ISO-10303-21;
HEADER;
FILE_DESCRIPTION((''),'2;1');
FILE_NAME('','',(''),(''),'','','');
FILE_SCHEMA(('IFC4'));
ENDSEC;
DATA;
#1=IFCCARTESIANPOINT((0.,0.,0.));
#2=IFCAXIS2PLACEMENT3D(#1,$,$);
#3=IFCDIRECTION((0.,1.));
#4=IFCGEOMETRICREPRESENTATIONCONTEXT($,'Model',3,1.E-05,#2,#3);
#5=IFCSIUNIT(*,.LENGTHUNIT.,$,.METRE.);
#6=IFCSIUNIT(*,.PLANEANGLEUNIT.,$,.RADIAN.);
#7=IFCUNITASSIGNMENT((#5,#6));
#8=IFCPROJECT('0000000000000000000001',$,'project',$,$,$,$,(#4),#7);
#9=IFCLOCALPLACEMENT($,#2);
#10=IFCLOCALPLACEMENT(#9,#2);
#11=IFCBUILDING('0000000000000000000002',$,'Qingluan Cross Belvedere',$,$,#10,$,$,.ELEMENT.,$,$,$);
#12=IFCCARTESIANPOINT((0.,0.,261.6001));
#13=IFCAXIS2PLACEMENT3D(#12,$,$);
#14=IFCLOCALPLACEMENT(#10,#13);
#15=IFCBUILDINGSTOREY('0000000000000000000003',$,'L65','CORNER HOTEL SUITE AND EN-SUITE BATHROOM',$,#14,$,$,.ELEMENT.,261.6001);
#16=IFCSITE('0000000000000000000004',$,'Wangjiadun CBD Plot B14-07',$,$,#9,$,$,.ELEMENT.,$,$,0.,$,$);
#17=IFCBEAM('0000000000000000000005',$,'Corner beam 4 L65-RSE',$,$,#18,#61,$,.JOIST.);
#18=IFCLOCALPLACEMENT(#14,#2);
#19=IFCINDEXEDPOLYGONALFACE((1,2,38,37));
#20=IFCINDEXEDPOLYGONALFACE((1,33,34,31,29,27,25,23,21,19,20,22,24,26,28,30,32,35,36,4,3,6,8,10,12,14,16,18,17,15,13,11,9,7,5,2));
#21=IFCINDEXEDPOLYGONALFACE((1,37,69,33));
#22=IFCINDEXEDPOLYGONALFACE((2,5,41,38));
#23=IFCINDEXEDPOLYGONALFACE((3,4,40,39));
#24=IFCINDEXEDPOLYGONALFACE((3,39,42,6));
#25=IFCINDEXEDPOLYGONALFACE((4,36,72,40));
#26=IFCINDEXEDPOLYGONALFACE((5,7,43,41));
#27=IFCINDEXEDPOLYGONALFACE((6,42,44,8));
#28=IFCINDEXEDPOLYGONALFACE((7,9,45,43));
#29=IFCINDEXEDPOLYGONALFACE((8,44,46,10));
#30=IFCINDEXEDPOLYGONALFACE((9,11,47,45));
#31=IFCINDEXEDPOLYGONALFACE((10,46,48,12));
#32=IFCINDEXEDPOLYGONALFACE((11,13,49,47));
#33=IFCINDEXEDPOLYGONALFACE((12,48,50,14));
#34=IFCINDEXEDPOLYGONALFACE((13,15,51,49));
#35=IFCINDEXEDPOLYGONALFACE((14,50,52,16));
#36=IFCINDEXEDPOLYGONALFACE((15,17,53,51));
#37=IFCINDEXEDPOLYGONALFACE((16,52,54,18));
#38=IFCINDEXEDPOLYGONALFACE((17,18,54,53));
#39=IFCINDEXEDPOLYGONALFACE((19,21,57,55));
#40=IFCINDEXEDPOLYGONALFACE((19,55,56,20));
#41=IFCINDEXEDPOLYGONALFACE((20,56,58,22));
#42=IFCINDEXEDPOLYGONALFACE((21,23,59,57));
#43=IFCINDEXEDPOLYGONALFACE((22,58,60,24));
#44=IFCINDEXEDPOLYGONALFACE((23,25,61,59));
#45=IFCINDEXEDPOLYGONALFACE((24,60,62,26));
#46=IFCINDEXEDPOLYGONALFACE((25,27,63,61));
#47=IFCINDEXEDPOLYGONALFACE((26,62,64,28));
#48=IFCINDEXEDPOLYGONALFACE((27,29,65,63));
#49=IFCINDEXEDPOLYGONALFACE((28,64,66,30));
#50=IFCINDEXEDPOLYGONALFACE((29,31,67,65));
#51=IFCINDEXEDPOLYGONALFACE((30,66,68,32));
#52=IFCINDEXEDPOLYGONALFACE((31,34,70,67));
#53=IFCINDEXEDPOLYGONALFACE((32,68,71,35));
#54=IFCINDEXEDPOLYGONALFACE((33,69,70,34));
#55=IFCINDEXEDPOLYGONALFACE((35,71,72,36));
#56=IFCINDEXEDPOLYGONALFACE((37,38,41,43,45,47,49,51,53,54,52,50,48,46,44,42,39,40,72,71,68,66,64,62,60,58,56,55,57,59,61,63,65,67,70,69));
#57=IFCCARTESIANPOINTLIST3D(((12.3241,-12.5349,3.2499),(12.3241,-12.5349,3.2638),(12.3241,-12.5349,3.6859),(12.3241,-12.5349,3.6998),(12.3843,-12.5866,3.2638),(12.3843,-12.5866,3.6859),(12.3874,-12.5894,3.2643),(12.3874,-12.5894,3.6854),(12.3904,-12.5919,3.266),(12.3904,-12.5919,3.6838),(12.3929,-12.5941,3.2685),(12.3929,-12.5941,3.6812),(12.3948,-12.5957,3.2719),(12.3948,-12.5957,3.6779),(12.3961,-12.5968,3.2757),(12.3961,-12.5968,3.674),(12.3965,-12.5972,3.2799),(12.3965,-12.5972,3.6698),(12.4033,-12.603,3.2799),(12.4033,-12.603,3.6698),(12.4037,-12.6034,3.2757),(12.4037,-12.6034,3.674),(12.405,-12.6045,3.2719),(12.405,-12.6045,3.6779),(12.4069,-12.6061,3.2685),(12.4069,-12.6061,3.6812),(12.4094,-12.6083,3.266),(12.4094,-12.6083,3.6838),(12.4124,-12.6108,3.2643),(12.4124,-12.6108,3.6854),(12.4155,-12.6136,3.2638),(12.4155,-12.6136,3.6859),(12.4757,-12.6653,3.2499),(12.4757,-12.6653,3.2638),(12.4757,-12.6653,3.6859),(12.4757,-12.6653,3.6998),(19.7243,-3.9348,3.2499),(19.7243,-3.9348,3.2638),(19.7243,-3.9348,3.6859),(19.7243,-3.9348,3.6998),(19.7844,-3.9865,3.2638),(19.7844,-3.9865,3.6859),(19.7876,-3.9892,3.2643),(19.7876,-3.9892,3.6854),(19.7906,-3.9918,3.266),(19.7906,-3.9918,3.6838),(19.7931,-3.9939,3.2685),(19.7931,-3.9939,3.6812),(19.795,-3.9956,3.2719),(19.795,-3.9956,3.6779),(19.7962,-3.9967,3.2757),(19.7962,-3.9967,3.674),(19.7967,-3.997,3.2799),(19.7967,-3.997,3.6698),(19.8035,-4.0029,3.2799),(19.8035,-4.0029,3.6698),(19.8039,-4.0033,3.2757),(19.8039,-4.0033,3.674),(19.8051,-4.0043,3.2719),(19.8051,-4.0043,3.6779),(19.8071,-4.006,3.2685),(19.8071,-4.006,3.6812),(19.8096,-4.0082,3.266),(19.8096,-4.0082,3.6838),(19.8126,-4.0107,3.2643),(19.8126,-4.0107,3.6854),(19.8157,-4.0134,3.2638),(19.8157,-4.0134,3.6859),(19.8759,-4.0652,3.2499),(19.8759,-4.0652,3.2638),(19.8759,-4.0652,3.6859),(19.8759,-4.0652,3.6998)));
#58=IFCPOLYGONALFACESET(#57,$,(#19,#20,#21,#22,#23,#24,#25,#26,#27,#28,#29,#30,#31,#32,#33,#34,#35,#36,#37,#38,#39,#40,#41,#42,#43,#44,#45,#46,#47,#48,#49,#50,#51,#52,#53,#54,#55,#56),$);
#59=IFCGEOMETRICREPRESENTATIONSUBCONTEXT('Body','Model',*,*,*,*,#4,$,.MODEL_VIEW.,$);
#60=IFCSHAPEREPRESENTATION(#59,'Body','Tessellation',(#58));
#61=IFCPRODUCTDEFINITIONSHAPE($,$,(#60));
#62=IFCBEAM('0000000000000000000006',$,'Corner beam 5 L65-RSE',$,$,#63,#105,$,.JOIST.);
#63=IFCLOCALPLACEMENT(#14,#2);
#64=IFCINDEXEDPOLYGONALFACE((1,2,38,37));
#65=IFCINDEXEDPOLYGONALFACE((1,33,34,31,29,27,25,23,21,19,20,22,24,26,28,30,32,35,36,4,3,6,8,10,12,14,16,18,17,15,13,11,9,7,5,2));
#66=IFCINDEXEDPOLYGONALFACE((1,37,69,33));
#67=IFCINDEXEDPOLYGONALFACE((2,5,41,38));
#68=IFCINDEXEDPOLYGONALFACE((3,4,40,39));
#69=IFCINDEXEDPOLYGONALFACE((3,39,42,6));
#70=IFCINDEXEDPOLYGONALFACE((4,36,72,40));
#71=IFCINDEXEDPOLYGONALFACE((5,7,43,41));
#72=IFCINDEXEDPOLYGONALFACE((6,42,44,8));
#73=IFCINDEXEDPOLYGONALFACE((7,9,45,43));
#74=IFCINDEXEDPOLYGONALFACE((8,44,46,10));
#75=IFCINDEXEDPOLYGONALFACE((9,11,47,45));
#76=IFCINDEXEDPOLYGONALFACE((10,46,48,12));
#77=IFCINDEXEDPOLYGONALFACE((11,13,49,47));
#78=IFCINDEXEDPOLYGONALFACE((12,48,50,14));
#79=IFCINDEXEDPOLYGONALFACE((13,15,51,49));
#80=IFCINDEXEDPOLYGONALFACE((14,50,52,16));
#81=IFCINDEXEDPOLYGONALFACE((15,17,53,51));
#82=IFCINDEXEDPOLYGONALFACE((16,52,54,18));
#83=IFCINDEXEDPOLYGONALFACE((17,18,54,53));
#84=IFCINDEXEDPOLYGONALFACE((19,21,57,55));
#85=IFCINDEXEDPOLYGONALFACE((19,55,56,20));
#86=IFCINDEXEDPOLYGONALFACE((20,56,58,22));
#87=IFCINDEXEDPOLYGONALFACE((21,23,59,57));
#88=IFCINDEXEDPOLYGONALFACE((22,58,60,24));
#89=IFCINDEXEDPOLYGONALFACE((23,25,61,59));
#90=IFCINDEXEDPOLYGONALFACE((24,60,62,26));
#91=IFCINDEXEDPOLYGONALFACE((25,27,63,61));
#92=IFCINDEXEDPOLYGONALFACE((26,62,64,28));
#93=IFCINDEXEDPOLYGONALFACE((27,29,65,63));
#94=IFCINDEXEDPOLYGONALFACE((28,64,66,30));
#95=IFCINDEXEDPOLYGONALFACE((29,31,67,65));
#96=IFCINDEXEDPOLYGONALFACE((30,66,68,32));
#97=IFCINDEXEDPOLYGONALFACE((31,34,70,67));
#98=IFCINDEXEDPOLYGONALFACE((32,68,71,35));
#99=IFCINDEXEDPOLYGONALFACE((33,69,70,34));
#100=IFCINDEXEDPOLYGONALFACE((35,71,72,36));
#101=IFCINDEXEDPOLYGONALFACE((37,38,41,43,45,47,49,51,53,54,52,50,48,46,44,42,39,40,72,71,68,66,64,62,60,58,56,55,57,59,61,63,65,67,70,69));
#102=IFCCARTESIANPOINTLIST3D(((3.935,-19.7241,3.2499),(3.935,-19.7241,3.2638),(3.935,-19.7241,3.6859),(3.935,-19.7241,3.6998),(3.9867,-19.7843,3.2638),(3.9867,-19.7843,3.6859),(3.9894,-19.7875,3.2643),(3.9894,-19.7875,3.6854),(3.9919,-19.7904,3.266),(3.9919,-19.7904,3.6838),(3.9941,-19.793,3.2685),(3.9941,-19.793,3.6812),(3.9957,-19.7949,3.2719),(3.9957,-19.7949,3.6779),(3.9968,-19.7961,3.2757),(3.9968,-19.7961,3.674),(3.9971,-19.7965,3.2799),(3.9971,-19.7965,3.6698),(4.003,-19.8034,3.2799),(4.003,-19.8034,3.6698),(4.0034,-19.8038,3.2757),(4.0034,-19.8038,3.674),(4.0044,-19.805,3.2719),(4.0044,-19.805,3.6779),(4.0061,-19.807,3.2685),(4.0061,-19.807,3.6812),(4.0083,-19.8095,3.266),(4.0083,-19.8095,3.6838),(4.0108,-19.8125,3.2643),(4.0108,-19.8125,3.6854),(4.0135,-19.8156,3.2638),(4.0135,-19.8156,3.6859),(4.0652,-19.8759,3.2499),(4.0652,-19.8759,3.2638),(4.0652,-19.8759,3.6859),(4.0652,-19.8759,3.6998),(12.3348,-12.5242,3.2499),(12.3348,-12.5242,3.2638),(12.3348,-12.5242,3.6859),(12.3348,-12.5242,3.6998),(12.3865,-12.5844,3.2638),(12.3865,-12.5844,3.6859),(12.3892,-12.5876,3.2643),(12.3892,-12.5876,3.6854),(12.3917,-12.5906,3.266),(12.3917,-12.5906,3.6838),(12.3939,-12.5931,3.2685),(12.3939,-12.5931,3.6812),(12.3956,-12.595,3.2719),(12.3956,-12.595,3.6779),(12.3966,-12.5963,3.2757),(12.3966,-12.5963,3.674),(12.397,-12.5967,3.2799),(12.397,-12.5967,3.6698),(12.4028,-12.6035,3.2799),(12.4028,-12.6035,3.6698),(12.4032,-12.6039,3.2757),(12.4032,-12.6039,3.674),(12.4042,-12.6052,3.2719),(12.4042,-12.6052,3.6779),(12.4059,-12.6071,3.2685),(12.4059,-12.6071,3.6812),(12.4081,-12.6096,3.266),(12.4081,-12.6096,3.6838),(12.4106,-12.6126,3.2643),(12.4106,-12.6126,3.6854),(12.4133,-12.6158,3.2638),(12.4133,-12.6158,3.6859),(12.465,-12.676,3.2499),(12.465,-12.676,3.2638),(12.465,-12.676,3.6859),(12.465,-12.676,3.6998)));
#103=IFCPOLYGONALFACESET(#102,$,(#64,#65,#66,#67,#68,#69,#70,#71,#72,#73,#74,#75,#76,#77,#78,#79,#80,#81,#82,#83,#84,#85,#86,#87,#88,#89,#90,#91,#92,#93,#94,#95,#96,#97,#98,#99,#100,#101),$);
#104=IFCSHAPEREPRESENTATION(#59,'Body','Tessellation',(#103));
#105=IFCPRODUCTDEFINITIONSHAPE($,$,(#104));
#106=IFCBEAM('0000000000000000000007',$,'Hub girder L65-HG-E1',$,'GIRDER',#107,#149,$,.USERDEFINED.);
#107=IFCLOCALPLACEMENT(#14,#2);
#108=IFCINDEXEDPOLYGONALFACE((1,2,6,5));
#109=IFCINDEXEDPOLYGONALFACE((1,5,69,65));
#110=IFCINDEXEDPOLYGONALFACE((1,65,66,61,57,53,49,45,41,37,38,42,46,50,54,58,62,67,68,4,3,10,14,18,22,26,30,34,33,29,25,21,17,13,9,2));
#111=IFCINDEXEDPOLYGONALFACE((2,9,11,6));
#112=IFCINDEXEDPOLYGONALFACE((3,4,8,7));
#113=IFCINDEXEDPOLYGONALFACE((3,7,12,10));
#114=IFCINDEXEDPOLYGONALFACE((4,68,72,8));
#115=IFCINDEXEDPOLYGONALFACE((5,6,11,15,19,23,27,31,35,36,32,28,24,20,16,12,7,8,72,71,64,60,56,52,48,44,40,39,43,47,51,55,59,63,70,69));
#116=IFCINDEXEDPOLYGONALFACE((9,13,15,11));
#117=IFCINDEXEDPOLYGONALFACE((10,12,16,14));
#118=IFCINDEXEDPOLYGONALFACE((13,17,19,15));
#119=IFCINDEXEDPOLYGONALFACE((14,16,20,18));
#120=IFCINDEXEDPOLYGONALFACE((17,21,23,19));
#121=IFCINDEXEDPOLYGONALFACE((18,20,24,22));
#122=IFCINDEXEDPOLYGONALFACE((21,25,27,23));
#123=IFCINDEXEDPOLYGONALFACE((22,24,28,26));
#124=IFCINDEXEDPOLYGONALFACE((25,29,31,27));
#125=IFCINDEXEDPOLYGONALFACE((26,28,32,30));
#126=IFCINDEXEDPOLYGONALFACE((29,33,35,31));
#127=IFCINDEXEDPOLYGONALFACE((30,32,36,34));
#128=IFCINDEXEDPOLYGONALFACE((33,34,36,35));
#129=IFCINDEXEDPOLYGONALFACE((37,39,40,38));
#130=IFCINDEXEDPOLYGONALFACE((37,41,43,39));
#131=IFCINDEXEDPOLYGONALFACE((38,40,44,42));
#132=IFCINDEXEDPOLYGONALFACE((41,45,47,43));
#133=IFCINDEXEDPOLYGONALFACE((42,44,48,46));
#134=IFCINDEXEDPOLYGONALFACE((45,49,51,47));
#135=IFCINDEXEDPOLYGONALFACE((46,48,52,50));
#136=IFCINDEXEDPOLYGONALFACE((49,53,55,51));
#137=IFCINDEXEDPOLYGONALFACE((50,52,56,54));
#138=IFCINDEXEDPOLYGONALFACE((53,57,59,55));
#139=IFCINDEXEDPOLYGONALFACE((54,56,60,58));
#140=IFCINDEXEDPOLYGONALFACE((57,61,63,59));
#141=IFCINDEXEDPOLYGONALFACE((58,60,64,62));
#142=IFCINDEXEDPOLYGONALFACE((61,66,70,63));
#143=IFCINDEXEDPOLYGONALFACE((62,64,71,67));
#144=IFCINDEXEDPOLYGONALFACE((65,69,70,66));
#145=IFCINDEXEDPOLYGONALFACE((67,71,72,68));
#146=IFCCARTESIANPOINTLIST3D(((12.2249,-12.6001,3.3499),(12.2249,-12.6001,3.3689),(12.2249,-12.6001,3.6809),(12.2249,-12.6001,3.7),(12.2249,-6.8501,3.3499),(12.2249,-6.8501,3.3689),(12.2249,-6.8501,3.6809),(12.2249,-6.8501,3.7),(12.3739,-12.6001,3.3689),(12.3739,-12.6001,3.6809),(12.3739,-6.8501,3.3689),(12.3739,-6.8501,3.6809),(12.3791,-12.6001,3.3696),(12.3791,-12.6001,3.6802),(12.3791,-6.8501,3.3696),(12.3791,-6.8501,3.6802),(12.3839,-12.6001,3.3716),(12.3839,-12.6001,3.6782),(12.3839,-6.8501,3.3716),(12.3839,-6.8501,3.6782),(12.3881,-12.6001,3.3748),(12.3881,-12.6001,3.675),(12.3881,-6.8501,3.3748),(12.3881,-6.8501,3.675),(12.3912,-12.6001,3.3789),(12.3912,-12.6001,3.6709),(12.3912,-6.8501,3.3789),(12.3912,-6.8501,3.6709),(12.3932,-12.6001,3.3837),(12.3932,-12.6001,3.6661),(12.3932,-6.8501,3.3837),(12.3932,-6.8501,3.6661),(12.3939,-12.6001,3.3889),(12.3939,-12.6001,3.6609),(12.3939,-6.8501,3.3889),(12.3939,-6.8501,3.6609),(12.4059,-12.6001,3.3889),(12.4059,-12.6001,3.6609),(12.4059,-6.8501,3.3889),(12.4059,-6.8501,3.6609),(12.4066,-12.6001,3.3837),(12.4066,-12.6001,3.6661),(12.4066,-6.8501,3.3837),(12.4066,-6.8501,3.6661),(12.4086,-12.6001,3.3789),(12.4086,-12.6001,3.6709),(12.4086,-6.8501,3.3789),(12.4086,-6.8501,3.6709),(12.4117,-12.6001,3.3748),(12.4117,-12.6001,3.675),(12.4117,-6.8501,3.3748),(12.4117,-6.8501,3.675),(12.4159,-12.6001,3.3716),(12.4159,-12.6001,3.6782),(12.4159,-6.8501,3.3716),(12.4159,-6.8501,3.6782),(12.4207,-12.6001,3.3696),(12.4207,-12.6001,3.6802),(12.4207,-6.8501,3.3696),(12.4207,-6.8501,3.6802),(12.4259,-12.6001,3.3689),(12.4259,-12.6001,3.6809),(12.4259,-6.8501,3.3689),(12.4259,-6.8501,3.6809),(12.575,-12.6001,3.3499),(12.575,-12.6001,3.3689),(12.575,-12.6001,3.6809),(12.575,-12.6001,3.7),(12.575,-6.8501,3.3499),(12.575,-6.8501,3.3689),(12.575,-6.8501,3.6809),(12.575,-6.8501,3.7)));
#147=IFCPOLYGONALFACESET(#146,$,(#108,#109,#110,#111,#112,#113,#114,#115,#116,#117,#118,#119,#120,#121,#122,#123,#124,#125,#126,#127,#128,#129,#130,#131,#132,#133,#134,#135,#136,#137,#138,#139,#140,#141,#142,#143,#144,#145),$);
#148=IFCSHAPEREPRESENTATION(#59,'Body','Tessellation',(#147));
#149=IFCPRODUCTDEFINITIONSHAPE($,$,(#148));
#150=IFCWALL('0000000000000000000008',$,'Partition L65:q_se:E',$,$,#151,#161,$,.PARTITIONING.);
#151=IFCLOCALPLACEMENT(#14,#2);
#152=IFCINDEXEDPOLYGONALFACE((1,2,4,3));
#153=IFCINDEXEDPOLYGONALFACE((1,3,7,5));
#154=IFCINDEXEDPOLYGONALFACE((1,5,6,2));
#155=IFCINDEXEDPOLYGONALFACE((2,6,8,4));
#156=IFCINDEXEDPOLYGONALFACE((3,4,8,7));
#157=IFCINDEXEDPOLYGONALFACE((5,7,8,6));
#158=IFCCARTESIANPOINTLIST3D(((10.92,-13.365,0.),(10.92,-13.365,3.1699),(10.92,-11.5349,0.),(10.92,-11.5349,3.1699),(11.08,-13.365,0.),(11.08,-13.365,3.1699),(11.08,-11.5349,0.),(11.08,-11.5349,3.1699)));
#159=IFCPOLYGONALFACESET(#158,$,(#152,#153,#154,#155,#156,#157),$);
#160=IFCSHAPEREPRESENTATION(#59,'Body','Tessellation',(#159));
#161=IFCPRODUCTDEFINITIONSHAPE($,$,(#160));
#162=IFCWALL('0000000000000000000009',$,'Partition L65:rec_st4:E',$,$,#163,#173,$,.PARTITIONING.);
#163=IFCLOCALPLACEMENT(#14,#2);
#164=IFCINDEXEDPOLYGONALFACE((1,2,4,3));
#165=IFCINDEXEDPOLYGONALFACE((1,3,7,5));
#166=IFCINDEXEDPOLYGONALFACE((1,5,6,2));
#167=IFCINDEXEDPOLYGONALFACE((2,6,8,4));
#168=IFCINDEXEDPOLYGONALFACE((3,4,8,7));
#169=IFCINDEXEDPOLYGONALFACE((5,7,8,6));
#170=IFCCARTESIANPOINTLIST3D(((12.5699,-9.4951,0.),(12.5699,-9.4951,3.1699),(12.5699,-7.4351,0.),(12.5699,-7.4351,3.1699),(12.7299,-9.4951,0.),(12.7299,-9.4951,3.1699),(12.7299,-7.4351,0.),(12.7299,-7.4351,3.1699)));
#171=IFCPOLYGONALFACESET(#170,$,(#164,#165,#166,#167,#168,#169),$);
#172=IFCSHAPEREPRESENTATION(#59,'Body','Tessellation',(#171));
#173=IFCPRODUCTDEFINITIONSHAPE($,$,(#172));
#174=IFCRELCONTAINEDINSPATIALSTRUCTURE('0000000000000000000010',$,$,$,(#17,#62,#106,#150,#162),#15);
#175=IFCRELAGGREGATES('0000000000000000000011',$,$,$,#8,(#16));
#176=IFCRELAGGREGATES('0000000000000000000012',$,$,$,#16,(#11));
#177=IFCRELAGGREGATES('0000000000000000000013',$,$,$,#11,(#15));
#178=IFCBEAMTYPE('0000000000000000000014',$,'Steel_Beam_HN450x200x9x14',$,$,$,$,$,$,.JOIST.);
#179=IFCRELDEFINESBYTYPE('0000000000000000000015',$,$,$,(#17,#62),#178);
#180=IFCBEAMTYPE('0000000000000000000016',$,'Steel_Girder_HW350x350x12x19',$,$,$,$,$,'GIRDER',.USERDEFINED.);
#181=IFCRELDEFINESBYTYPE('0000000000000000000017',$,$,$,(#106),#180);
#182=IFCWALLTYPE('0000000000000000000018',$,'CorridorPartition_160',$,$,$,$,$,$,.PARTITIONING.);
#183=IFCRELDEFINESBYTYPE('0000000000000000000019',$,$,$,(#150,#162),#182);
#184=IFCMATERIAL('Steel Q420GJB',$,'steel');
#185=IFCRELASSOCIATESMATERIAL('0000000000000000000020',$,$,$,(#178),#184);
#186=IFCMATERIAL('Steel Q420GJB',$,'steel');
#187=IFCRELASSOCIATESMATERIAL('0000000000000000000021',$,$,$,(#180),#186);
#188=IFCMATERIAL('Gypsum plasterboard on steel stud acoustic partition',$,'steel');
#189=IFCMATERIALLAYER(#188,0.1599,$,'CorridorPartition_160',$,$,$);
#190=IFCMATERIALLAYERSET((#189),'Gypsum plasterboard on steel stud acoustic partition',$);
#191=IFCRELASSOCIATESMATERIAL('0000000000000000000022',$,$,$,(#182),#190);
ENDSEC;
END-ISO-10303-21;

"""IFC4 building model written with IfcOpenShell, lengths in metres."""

from ifc_helpers import new_model, si_unit, direction, frame, frame_2d, origin, origin_2d, place, context, subcontext, project, spatial, rectangle, i_section, extrude, material, layer, layer_set, material_profile, profile_set, type_object, element, save


model = new_model("IFC4")

# Units and contexts
model_context = context("Model", 3, precision=1e-05, world=origin(), true_north=direction((0.0, 1.0)))
body_context = subcontext(model_context, "Body", "Model", "MODEL_VIEW")
ifc_project = project(units=[si_unit("LENGTHUNIT", "METRE"), si_unit("PLANEANGLEUNIT", "RADIAN")], contexts=[model_context])

# Site, building, storey
site_placement = place(None, origin())
site = spatial("IfcSite", under=ifc_project, at=site_placement, Name="Wangjiadun CBD Plot B14-07", CompositionType="ELEMENT", RefElevation=0.0)
building_placement = place(site_placement, origin())
building = spatial("IfcBuilding", under=site, at=building_placement, Name="Qingluan Cross Belvedere", CompositionType="ELEMENT")
storey_placement = place(building_placement, frame((0.0, 0.0, 261.6001)))
storey = spatial("IfcBuildingStorey", under=building, at=storey_placement, Name="L65", Description="CORNER HOTEL SUITE AND EN-SUITE BATHROOM", CompositionType="ELEMENT", Elevation=261.6001)

# Beams
ifc_material_1 = material(Name="Steel Q420GJB", Category="steel")
ifc_material_profile_1 = material_profile(ifc_material_1, i_section(OverallWidth=0.2, OverallDepth=0.45, WebThickness=0.009, FlangeThickness=0.0139, FilletRadius=0.0161, at=origin_2d()), Name="HN450x200x9x14")
ifc_profile_set_1 = profile_set([ifc_material_profile_1], Name="Steel Q420GJB")
beam_type_1 = type_object("IfcBeamType", Name="Steel_Beam_HN450x200x9x14", PredefinedType="JOIST", material=ifc_profile_set_1)
beam_1_placement = place(storey_placement, frame((12.3999, -12.6001, 3.4749), z_axis=(0.652245, 0.758008, 0.0), x_axis=(-0.758008, 0.652245, 0.0)))
element("IfcBeam", 1, at=beam_1_placement, inside=storey, type_object=beam_type_1, Name="Corner beam 4 L65-RSE", PredefinedType="JOIST", context=body_context, shape_type="SweptSolid", body=[
    extrude(i_section(OverallWidth=0.2, OverallDepth=0.45, WebThickness=0.009, FlangeThickness=0.0139, FilletRadius=0.0161, at=origin_2d()), origin(), (0.0, 0.0, 1.0), 11.3457),
])
beam_2_placement = place(storey_placement, frame((12.3999, -12.6001, 3.4749), z_axis=(-0.759255, -0.650793, 0.0), x_axis=(0.650793, -0.759255, 0.0)))
element("IfcBeam", 2, at=beam_2_placement, inside=storey, type_object=beam_type_1, Name="Corner beam 5 L65-RSE", PredefinedType="JOIST", context=body_context, shape_type="SweptSolid", body=[
    extrude(i_section(OverallWidth=0.2, OverallDepth=0.45, WebThickness=0.009, FlangeThickness=0.0139, FilletRadius=0.0161, at=origin_2d()), origin(), (0.0, 0.0, 1.0), 11.0632),
])
ifc_material_2 = material(Name="Steel Q420GJB", Category="steel")
ifc_material_profile_2 = material_profile(ifc_material_2, i_section(OverallWidth=0.3501, OverallDepth=0.3501, WebThickness=0.012, FlangeThickness=0.019, FilletRadius=0.02, at=origin_2d()), Name="HW350x350x12x19")
ifc_profile_set_2 = profile_set([ifc_material_profile_2], Name="Steel Q420GJB")
beam_type_2 = type_object("IfcBeamType", Name="Steel_Girder_HW350x350x12x19", ElementType="GIRDER", PredefinedType="USERDEFINED", material=ifc_profile_set_2)
beam_3_placement = place(storey_placement, frame((12.3999, -12.6001, 3.5249), z_axis=(0.0, 1.0, 0.0), x_axis=(-1.0, 0.0, 0.0)))
element("IfcBeam", 3, at=beam_3_placement, inside=storey, type_object=beam_type_2, Name="Hub girder L65-HG-E1", ObjectType="GIRDER", PredefinedType="USERDEFINED", context=body_context, shape_type="SweptSolid", body=[
    extrude(i_section(OverallWidth=0.3501, OverallDepth=0.3501, WebThickness=0.012, FlangeThickness=0.019, FilletRadius=0.02, at=origin_2d()), origin(), (0.0, 0.0, 1.0), 5.75),
])

# Walls
ifc_material_3 = material(Name="Gypsum plasterboard on steel stud acoustic partition", Category="steel")
ifc_layer_1 = layer(ifc_material_3, 0.1599, Name="CorridorPartition_160")
ifc_layer_set_1 = layer_set([ifc_layer_1], Name="Gypsum plasterboard on steel stud acoustic partition")
wall_type_1 = type_object("IfcWallType", Name="CorridorPartition_160", PredefinedType="PARTITIONING", material=ifc_layer_set_1)
wall_1_placement = place(storey_placement, frame((11.0, -13.365, 0.0), z_axis=(0.0, 0.0, 1.0), x_axis=(0.0, 1.0, 0.0)))
element("IfcWall", 4, at=wall_1_placement, inside=storey, type_object=wall_type_1, Name="Partition L65:q_se:E", PredefinedType="PARTITIONING", context=body_context, shape_type="SweptSolid", body=[
    extrude(rectangle(XDim=1.8301, YDim=0.1599, at=frame_2d((0.915, 0.0))), origin(), (0.0, 0.0, 1.0), 3.1699),
])
wall_2_placement = place(storey_placement, frame((12.6499, -9.4951, 0.0), z_axis=(0.0, 0.0, 1.0), x_axis=(0.0, 1.0, 0.0)))
element("IfcWall", 5, at=wall_2_placement, inside=storey, type_object=wall_type_1, Name="Partition L65:rec_st4:E", PredefinedType="PARTITIONING", context=body_context, shape_type="SweptSolid", body=[
    extrude(rectangle(XDim=2.0601, YDim=0.1599, at=frame_2d((1.03, 0.0))), origin(), (0.0, 0.0, 1.0), 3.1699),
])

save(model, "model.ifc")
